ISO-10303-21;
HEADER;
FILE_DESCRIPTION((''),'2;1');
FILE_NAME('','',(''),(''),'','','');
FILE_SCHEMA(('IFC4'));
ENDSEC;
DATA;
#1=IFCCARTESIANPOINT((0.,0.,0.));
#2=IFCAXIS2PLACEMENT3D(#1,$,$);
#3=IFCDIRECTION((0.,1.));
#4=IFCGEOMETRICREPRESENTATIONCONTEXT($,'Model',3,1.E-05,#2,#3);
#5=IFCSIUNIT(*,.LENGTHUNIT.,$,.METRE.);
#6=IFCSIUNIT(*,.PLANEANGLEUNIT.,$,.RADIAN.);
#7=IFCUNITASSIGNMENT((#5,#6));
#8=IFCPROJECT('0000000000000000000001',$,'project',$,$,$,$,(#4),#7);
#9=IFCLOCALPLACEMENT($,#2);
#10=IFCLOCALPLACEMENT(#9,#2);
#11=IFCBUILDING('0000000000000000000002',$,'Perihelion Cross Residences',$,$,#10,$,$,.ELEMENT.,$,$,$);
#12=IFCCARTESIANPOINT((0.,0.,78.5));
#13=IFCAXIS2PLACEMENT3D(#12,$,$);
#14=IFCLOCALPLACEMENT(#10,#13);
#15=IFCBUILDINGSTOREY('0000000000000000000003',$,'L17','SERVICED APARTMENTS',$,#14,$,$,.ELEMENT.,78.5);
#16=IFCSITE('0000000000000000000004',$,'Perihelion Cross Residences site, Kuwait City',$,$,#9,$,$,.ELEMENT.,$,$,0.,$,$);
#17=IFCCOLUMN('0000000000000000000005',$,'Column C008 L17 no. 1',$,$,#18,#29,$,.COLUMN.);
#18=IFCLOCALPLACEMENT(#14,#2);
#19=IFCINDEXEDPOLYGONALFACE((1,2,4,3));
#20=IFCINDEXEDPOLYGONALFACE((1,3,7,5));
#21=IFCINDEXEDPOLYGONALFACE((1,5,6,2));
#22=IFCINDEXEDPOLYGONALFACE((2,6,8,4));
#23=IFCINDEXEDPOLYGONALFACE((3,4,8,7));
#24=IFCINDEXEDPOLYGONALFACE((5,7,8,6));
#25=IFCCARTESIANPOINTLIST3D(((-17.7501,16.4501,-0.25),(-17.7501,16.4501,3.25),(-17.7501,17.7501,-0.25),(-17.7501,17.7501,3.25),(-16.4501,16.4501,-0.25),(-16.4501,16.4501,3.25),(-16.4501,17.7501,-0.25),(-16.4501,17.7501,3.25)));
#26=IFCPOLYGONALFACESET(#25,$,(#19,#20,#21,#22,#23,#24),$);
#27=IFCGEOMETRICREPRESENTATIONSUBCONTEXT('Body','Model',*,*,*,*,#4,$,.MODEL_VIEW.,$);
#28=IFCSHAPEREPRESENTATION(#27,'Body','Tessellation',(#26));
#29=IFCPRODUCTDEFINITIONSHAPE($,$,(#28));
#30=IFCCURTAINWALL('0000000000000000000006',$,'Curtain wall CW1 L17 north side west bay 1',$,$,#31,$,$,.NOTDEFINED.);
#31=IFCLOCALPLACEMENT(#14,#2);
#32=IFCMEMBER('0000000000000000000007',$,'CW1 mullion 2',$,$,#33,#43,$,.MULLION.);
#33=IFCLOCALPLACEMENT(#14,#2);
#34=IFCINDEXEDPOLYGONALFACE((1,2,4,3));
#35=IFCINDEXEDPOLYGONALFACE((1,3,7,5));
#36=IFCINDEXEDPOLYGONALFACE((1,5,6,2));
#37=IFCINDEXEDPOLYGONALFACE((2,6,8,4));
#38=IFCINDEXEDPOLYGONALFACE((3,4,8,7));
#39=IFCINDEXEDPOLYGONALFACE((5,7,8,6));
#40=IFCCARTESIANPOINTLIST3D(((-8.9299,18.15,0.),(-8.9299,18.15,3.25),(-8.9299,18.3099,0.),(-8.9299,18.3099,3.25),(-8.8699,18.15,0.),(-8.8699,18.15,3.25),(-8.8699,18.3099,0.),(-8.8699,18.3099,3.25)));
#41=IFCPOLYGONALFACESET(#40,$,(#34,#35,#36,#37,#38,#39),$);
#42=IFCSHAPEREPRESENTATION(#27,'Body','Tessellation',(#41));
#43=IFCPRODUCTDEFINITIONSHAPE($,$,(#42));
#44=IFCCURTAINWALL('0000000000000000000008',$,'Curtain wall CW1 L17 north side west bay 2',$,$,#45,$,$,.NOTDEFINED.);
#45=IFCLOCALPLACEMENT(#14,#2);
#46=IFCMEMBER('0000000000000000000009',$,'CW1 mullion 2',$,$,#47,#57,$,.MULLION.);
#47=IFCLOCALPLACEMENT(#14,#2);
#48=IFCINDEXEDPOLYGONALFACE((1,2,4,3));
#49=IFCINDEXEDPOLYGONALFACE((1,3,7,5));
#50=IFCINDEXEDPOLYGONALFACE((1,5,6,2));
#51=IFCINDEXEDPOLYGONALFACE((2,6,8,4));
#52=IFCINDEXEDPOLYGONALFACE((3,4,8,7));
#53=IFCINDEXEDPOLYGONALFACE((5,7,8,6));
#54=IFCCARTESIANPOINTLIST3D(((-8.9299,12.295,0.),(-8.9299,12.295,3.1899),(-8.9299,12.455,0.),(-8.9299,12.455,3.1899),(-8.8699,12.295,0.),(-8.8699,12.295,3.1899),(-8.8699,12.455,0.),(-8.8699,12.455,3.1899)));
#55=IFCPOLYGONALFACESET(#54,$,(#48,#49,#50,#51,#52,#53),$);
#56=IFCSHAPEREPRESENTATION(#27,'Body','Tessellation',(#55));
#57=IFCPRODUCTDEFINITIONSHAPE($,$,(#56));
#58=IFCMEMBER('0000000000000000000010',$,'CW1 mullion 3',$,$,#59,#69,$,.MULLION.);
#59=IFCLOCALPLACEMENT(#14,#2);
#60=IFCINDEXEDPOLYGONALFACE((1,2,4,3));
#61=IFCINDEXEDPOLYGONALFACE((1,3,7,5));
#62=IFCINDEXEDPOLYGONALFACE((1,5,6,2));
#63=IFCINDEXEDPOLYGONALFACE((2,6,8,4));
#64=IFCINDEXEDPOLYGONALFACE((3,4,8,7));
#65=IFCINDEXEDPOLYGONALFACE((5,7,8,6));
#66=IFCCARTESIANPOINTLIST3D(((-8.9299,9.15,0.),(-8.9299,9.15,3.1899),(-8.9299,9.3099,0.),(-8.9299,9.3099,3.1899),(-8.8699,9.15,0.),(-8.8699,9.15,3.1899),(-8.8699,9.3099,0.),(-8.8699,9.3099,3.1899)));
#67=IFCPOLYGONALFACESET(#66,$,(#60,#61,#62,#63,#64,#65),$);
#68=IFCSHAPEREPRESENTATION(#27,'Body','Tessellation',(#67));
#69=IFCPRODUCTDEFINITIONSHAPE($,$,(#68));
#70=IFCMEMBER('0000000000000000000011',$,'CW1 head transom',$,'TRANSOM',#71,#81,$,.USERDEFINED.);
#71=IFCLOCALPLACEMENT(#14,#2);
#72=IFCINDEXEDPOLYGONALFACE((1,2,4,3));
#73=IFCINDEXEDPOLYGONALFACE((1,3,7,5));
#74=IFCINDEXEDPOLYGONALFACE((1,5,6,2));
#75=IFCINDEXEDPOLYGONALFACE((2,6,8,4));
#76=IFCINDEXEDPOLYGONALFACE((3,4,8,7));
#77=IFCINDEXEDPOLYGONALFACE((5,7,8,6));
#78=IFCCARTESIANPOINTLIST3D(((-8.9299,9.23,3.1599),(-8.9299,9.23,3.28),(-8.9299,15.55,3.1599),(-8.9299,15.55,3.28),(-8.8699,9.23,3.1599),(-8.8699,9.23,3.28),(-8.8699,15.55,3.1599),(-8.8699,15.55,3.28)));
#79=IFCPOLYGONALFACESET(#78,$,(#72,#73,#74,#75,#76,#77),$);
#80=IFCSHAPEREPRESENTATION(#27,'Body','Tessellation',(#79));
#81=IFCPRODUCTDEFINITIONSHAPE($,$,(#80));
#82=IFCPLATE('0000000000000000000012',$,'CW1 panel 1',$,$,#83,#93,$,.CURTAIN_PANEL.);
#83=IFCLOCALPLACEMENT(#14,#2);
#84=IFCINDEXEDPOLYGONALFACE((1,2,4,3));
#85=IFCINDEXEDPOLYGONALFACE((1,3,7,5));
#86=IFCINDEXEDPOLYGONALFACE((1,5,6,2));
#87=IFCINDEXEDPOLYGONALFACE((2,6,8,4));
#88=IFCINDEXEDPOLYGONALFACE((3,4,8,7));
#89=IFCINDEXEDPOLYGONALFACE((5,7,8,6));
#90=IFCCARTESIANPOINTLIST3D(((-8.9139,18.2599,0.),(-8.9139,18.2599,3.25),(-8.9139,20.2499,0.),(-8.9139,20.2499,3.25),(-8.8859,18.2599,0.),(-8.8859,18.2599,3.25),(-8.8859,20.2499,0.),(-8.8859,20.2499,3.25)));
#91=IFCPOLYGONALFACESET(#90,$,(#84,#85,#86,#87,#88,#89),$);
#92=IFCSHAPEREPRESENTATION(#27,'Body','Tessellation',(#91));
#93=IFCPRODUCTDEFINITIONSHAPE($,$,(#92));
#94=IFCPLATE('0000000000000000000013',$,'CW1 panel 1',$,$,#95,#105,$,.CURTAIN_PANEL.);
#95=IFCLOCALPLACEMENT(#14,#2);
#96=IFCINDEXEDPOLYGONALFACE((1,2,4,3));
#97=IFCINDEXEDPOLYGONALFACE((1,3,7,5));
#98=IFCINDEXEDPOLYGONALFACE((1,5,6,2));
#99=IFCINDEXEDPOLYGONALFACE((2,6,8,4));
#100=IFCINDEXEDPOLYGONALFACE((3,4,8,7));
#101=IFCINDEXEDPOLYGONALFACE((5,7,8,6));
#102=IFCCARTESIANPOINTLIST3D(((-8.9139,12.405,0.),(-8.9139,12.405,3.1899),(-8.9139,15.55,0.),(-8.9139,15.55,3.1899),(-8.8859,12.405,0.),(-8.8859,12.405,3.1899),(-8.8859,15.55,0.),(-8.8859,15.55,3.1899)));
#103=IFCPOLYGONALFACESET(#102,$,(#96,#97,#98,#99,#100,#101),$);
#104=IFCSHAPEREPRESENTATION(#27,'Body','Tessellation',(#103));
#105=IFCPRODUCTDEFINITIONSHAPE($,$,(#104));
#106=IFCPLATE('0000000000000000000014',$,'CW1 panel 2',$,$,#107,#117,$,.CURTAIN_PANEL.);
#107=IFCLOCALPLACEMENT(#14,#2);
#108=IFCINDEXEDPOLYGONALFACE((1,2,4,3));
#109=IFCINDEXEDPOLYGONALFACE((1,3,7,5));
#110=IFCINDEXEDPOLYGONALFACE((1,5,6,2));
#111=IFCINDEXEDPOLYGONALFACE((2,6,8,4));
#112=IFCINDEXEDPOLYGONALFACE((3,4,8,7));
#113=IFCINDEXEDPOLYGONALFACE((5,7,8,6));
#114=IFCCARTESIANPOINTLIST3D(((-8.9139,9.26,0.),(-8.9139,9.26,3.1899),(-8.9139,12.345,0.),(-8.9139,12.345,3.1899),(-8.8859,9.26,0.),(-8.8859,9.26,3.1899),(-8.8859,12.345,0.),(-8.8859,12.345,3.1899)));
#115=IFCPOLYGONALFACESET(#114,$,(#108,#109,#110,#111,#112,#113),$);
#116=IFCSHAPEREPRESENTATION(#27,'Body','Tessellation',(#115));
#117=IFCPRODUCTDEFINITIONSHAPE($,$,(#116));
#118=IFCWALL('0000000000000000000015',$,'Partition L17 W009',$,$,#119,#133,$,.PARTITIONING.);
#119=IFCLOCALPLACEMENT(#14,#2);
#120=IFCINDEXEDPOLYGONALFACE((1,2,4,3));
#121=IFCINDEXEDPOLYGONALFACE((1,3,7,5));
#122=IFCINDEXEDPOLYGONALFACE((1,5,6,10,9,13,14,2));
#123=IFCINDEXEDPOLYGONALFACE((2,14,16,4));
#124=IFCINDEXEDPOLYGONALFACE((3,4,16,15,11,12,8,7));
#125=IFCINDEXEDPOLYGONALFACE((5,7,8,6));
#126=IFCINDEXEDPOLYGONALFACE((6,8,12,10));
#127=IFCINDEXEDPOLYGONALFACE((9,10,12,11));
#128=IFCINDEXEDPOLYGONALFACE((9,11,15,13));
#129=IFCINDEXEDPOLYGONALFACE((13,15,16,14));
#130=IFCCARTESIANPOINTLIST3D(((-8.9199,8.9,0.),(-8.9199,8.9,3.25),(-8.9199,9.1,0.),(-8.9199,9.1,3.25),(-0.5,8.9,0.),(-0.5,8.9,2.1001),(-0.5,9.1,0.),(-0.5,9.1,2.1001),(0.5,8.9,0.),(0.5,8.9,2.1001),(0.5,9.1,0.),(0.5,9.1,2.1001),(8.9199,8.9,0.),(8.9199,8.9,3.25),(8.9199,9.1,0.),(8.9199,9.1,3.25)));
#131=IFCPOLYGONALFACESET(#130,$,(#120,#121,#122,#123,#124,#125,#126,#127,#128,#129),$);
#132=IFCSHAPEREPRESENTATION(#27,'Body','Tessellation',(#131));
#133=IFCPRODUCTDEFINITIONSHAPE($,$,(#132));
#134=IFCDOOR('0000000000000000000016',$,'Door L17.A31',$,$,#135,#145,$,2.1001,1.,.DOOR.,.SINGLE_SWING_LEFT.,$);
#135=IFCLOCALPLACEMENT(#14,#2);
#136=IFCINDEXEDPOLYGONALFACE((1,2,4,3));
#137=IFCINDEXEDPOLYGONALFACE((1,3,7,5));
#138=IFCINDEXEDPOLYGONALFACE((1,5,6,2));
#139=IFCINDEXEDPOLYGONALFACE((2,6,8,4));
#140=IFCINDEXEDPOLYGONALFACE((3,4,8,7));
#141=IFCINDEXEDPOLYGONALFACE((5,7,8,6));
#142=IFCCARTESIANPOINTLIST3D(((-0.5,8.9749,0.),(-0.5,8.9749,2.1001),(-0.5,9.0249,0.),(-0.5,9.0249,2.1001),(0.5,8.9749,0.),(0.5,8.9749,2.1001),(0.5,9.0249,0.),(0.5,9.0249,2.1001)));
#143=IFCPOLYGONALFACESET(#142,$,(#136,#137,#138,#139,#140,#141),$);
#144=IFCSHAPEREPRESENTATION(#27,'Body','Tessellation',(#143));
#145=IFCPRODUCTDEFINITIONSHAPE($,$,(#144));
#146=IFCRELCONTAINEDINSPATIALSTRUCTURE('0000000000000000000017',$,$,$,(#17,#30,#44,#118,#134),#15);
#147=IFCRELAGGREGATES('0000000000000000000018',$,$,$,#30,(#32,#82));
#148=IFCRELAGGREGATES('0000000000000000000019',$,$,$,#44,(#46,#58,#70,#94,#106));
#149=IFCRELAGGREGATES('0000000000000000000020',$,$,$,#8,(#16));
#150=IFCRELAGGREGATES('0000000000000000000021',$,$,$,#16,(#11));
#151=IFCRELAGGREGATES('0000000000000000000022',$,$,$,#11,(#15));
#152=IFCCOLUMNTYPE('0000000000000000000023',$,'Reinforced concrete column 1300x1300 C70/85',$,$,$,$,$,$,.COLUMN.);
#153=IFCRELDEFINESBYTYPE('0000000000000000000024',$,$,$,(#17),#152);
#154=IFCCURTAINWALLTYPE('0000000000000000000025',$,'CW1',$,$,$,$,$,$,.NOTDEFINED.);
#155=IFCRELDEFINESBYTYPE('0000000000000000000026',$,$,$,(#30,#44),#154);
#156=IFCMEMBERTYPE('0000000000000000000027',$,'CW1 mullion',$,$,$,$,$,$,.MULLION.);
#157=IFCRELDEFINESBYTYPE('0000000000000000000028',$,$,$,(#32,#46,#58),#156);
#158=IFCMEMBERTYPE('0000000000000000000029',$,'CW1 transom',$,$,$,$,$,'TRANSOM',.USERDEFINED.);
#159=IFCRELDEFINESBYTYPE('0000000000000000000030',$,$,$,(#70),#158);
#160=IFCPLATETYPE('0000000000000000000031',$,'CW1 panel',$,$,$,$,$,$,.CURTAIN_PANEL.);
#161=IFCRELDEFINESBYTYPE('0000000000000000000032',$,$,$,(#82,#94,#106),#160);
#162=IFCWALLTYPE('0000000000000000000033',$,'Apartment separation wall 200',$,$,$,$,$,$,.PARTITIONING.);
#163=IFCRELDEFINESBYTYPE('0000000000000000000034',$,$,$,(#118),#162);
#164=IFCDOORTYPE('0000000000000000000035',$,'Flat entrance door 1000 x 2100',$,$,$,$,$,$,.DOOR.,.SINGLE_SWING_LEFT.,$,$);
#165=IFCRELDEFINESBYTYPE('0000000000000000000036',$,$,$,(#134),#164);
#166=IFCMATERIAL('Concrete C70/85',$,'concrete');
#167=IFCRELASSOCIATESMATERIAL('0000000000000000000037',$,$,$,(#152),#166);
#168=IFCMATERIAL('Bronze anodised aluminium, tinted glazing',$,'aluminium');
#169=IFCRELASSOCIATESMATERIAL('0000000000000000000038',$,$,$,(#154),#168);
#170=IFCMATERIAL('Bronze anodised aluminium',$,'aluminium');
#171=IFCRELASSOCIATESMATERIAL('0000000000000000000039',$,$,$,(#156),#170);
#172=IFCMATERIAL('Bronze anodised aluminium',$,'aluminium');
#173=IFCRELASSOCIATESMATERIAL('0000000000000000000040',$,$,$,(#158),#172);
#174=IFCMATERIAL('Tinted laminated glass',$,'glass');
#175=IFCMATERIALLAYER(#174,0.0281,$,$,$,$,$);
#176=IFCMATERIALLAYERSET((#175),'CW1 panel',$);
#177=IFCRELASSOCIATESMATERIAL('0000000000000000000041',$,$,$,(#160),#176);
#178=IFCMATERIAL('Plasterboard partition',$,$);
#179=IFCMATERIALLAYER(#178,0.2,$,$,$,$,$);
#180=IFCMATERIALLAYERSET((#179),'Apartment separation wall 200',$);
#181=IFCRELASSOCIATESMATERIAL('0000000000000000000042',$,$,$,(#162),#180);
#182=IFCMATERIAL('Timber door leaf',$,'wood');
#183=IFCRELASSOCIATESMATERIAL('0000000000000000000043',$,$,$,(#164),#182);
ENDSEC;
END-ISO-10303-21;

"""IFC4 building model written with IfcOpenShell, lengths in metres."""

from ifc_helpers import new_model, si_unit, direction, frame, frame_2d, origin, origin_2d, place, context, subcontext, project, spatial, rectangle, extrude, material, layer, layer_set, material_profile, profile_set, type_object, element, fill, aggregate, save


model = new_model("IFC4")

# Units and contexts
model_context = context("Model", 3, precision=1e-05, world=origin(), true_north=direction((0.0, 1.0)))
body_context = subcontext(model_context, "Body", "Model", "MODEL_VIEW")
ifc_project = project(units=[si_unit("LENGTHUNIT", "METRE"), si_unit("PLANEANGLEUNIT", "RADIAN")], contexts=[model_context])

# Site, building, storey
site_placement = place(None, origin())
site = spatial("IfcSite", under=ifc_project, at=site_placement, Name="Perihelion Cross Residences site, Kuwait City", CompositionType="ELEMENT", RefElevation=0.0)
building_placement = place(site_placement, origin())
building = spatial("IfcBuilding", under=site, at=building_placement, Name="Perihelion Cross Residences", CompositionType="ELEMENT")
storey_placement = place(building_placement, frame((0.0, 0.0, 78.5)))
storey = spatial("IfcBuildingStorey", under=building, at=storey_placement, Name="L17", Description="SERVICED APARTMENTS", CompositionType="ELEMENT", Elevation=78.5)

# Column
ifc_material_1 = material(Name="Concrete C70/85", Category="concrete")
ifc_material_profile_1 = material_profile(ifc_material_1, rectangle(XDim=1.3, YDim=1.3, at=origin_2d()), Name="RC 1300x1300")
ifc_profile_set_1 = profile_set([ifc_material_profile_1], Name="Concrete C70/85")
column_type = type_object("IfcColumnType", Name="Reinforced concrete column 1300x1300 C70/85", PredefinedType="COLUMN", material=ifc_profile_set_1)
column_placement = place(storey_placement, frame((-17.1001, 17.1001, -0.25), z_axis=(0.0, 0.0, 1.0), x_axis=(1.0, 0.0, 0.0)))
element("IfcColumn", 1, at=column_placement, inside=storey, type_object=column_type, Name="Column C008 L17 no. 1", PredefinedType="COLUMN", context=body_context, shape_type="SweptSolid", body=[
    extrude(rectangle(XDim=1.3, YDim=1.3, at=origin_2d()), origin(), (0.0, 0.0, 1.0), 3.5),
])

# Curtain wall, member
ifc_material_2 = material(Name="Bronze anodised aluminium, tinted glazing", Category="aluminium")
curtain_wall_type = type_object("IfcCurtainWallType", Name="CW1", PredefinedType="NOTDEFINED", material=ifc_material_2)
curtain_wall_1_placement = place(storey_placement, origin())
curtain_wall_1 = element("IfcCurtainWall", 2, at=curtain_wall_1_placement, inside=storey, type_object=curtain_wall_type, Name="Curtain wall CW1 L17 north side west bay 1", PredefinedType="NOTDEFINED")
ifc_material_3 = material(Name="Bronze anodised aluminium", Category="aluminium")
ifc_material_profile_2 = material_profile(ifc_material_3, rectangle(XDim=0.0601, YDim=0.1599, at=origin_2d()), Name="CW1 mullion")
ifc_profile_set_2 = profile_set([ifc_material_profile_2], Name="Bronze anodised aluminium")
member_type_1 = type_object("IfcMemberType", Name="CW1 mullion", PredefinedType="MULLION", material=ifc_profile_set_2)
member_1_placement = place(storey_placement, frame((-8.8999, 18.23, 0.0), z_axis=(0.0, 0.0, 1.0), x_axis=(1.0, 0.0, 0.0)))
member_1 = element("IfcMember", 3, at=member_1_placement, type_object=member_type_1, Name="CW1 mullion 2", PredefinedType="MULLION", context=body_context, shape_type="SweptSolid", body=[
    extrude(rectangle(XDim=0.0601, YDim=0.1599, at=origin_2d()), origin(), (0.0, 0.0, 1.0), 3.25),
])

# Curtain wall, members
curtain_wall_2_placement = place(storey_placement, origin())
curtain_wall_2 = element("IfcCurtainWall", 4, at=curtain_wall_2_placement, inside=storey, type_object=curtain_wall_type, Name="Curtain wall CW1 L17 north side west bay 2", PredefinedType="NOTDEFINED")
member_2_placement = place(storey_placement, frame((-8.8999, 12.375, 0.0), z_axis=(0.0, 0.0, 1.0), x_axis=(1.0, 0.0, 0.0)))
member_2 = element("IfcMember", 5, at=member_2_placement, type_object=member_type_1, Name="CW1 mullion 2", PredefinedType="MULLION", context=body_context, shape_type="SweptSolid", body=[
    extrude(rectangle(XDim=0.0601, YDim=0.1599, at=origin_2d()), origin(), (0.0, 0.0, 1.0), 3.1899),
])
member_3_placement = place(storey_placement, frame((-8.8999, 9.23, 0.0), z_axis=(0.0, 0.0, 1.0), x_axis=(1.0, 0.0, 0.0)))
member_3 = element("IfcMember", 6, at=member_3_placement, type_object=member_type_1, Name="CW1 mullion 3", PredefinedType="MULLION", context=body_context, shape_type="SweptSolid", body=[
    extrude(rectangle(XDim=0.0601, YDim=0.1599, at=origin_2d()), origin(), (0.0, 0.0, 1.0), 3.1899),
])
ifc_material_4 = material(Name="Bronze anodised aluminium", Category="aluminium")
ifc_material_profile_3 = material_profile(ifc_material_4, rectangle(XDim=0.0601, YDim=0.1201, at=origin_2d()), Name="CW1 transom")
ifc_profile_set_3 = profile_set([ifc_material_profile_3], Name="Bronze anodised aluminium")
member_type_2 = type_object("IfcMemberType", Name="CW1 transom", ElementType="TRANSOM", PredefinedType="USERDEFINED", material=ifc_profile_set_3)
member_4_placement = place(storey_placement, frame((-8.8999, 15.55, 3.22), z_axis=(0.0, -1.0, 0.0), x_axis=(1.0, 0.0, 0.0)))
member_4 = element("IfcMember", 7, at=member_4_placement, type_object=member_type_2, Name="CW1 head transom", ObjectType="TRANSOM", PredefinedType="USERDEFINED", context=body_context, shape_type="SweptSolid", body=[
    extrude(rectangle(XDim=0.0601, YDim=0.1201, at=origin_2d()), origin(), (0.0, 0.0, 1.0), 6.3201),
])

# Plates
ifc_material_5 = material(Name="Tinted laminated glass", Category="glass")
ifc_layer_1 = layer(ifc_material_5, 0.0281)
ifc_layer_set_1 = layer_set([ifc_layer_1], Name="CW1 panel")
plate_type = type_object("IfcPlateType", Name="CW1 panel", PredefinedType="CURTAIN_PANEL", material=ifc_layer_set_1)
plate_1_placement = place(storey_placement, frame((-8.8999, 19.2549, 0.0), z_axis=(0.0, 0.0, 1.0), x_axis=(0.0, -1.0, 0.0)))
plate_1 = element("IfcPlate", 8, at=plate_1_placement, type_object=plate_type, Name="CW1 panel 1", PredefinedType="CURTAIN_PANEL", context=body_context, shape_type="SweptSolid", body=[
    extrude(rectangle(XDim=1.99, YDim=0.0281, at=origin_2d()), origin(), (0.0, 0.0, 1.0), 3.25),
])
aggregate(curtain_wall_1, [member_1, plate_1])
plate_2_placement = place(storey_placement, frame((-8.8999, 13.9775, 0.0), z_axis=(0.0, 0.0, 1.0), x_axis=(0.0, -1.0, 0.0)))
plate_2 = element("IfcPlate", 9, at=plate_2_placement, type_object=plate_type, Name="CW1 panel 1", PredefinedType="CURTAIN_PANEL", context=body_context, shape_type="SweptSolid", body=[
    extrude(rectangle(XDim=3.145, YDim=0.0281, at=origin_2d()), origin(), (0.0, 0.0, 1.0), 3.1899),
])
plate_3_placement = place(storey_placement, frame((-8.8999, 10.8025, 0.0), z_axis=(0.0, 0.0, 1.0), x_axis=(0.0, -1.0, 0.0)))
plate_3 = element("IfcPlate", 10, at=plate_3_placement, type_object=plate_type, Name="CW1 panel 2", PredefinedType="CURTAIN_PANEL", context=body_context, shape_type="SweptSolid", body=[
    extrude(rectangle(XDim=3.085, YDim=0.0281, at=origin_2d()), origin(), (0.0, 0.0, 1.0), 3.1899),
])
aggregate(curtain_wall_2, [member_2, member_3, member_4, plate_2, plate_3])

# Wall, opening, door
ifc_material_6 = material(Name="Plasterboard partition")
ifc_layer_2 = layer(ifc_material_6, 0.2)
ifc_layer_set_2 = layer_set([ifc_layer_2], Name="Apartment separation wall 200")
wall_type_1 = type_object("IfcWallType", Name="Apartment separation wall 200", PredefinedType="PARTITIONING", material=ifc_layer_set_2)
wall_1_placement = place(storey_placement, frame((-8.9199, 9.0, 0.0), z_axis=(0.0, 0.0, 1.0), x_axis=(1.0, 0.0, 0.0)))
wall_1 = element("IfcWall", 11, at=wall_1_placement, inside=storey, type_object=wall_type_1, Name="Partition L17 W009", PredefinedType="PARTITIONING", context=body_context, shape_type="SweptSolid", body=[
    extrude(rectangle(XDim=17.8398, YDim=0.2, at=frame_2d((8.9199, 0.0))), origin(), (0.0, 0.0, 1.0), 3.25),
])
opening_1_placement = place(wall_1_placement, frame((8.4199, 0.0, 0.0)))
opening_1 = element("IfcOpeningElement", 12, at=opening_1_placement, cuts=wall_1, PredefinedType="OPENING", context=body_context, shape_type="SweptSolid", body=[
    extrude(rectangle(XDim=1.0, YDim=2.1001, at=frame_2d((0.5, 1.05))), frame((0.0, 0.1099, 0.0), z_axis=(0.0, -1.0, 0.0), x_axis=(1.0, 0.0, 0.0)), (0.0, 0.0, 1.0), 0.22),
])
ifc_material_7 = material(Name="Timber door leaf", Category="wood")
door_type_1 = type_object("IfcDoorType", Name="Flat entrance door 1000 x 2100", OperationType="SINGLE_SWING_LEFT", PredefinedType="DOOR", material=ifc_material_7)
door_1_placement = place(opening_1_placement, origin())
door_1 = element("IfcDoor", 13, at=door_1_placement, inside=storey, type_object=door_type_1, Name="Door L17.A31", OperationType="SINGLE_SWING_LEFT", OverallHeight=2.1001, OverallWidth=1.0, PredefinedType="DOOR", context=body_context, shape_type="SweptSolid", body=[
    extrude(rectangle(XDim=1.0, YDim=2.1001, at=frame_2d((0.5, 1.05))), frame((0.0, 0.0249, 0.0), z_axis=(0.0, -1.0, 0.0), x_axis=(1.0, 0.0, 0.0)), (0.0, 0.0, 1.0), 0.05),
])
fill(opening_1, door_1)

save(model, "model.ifc")
